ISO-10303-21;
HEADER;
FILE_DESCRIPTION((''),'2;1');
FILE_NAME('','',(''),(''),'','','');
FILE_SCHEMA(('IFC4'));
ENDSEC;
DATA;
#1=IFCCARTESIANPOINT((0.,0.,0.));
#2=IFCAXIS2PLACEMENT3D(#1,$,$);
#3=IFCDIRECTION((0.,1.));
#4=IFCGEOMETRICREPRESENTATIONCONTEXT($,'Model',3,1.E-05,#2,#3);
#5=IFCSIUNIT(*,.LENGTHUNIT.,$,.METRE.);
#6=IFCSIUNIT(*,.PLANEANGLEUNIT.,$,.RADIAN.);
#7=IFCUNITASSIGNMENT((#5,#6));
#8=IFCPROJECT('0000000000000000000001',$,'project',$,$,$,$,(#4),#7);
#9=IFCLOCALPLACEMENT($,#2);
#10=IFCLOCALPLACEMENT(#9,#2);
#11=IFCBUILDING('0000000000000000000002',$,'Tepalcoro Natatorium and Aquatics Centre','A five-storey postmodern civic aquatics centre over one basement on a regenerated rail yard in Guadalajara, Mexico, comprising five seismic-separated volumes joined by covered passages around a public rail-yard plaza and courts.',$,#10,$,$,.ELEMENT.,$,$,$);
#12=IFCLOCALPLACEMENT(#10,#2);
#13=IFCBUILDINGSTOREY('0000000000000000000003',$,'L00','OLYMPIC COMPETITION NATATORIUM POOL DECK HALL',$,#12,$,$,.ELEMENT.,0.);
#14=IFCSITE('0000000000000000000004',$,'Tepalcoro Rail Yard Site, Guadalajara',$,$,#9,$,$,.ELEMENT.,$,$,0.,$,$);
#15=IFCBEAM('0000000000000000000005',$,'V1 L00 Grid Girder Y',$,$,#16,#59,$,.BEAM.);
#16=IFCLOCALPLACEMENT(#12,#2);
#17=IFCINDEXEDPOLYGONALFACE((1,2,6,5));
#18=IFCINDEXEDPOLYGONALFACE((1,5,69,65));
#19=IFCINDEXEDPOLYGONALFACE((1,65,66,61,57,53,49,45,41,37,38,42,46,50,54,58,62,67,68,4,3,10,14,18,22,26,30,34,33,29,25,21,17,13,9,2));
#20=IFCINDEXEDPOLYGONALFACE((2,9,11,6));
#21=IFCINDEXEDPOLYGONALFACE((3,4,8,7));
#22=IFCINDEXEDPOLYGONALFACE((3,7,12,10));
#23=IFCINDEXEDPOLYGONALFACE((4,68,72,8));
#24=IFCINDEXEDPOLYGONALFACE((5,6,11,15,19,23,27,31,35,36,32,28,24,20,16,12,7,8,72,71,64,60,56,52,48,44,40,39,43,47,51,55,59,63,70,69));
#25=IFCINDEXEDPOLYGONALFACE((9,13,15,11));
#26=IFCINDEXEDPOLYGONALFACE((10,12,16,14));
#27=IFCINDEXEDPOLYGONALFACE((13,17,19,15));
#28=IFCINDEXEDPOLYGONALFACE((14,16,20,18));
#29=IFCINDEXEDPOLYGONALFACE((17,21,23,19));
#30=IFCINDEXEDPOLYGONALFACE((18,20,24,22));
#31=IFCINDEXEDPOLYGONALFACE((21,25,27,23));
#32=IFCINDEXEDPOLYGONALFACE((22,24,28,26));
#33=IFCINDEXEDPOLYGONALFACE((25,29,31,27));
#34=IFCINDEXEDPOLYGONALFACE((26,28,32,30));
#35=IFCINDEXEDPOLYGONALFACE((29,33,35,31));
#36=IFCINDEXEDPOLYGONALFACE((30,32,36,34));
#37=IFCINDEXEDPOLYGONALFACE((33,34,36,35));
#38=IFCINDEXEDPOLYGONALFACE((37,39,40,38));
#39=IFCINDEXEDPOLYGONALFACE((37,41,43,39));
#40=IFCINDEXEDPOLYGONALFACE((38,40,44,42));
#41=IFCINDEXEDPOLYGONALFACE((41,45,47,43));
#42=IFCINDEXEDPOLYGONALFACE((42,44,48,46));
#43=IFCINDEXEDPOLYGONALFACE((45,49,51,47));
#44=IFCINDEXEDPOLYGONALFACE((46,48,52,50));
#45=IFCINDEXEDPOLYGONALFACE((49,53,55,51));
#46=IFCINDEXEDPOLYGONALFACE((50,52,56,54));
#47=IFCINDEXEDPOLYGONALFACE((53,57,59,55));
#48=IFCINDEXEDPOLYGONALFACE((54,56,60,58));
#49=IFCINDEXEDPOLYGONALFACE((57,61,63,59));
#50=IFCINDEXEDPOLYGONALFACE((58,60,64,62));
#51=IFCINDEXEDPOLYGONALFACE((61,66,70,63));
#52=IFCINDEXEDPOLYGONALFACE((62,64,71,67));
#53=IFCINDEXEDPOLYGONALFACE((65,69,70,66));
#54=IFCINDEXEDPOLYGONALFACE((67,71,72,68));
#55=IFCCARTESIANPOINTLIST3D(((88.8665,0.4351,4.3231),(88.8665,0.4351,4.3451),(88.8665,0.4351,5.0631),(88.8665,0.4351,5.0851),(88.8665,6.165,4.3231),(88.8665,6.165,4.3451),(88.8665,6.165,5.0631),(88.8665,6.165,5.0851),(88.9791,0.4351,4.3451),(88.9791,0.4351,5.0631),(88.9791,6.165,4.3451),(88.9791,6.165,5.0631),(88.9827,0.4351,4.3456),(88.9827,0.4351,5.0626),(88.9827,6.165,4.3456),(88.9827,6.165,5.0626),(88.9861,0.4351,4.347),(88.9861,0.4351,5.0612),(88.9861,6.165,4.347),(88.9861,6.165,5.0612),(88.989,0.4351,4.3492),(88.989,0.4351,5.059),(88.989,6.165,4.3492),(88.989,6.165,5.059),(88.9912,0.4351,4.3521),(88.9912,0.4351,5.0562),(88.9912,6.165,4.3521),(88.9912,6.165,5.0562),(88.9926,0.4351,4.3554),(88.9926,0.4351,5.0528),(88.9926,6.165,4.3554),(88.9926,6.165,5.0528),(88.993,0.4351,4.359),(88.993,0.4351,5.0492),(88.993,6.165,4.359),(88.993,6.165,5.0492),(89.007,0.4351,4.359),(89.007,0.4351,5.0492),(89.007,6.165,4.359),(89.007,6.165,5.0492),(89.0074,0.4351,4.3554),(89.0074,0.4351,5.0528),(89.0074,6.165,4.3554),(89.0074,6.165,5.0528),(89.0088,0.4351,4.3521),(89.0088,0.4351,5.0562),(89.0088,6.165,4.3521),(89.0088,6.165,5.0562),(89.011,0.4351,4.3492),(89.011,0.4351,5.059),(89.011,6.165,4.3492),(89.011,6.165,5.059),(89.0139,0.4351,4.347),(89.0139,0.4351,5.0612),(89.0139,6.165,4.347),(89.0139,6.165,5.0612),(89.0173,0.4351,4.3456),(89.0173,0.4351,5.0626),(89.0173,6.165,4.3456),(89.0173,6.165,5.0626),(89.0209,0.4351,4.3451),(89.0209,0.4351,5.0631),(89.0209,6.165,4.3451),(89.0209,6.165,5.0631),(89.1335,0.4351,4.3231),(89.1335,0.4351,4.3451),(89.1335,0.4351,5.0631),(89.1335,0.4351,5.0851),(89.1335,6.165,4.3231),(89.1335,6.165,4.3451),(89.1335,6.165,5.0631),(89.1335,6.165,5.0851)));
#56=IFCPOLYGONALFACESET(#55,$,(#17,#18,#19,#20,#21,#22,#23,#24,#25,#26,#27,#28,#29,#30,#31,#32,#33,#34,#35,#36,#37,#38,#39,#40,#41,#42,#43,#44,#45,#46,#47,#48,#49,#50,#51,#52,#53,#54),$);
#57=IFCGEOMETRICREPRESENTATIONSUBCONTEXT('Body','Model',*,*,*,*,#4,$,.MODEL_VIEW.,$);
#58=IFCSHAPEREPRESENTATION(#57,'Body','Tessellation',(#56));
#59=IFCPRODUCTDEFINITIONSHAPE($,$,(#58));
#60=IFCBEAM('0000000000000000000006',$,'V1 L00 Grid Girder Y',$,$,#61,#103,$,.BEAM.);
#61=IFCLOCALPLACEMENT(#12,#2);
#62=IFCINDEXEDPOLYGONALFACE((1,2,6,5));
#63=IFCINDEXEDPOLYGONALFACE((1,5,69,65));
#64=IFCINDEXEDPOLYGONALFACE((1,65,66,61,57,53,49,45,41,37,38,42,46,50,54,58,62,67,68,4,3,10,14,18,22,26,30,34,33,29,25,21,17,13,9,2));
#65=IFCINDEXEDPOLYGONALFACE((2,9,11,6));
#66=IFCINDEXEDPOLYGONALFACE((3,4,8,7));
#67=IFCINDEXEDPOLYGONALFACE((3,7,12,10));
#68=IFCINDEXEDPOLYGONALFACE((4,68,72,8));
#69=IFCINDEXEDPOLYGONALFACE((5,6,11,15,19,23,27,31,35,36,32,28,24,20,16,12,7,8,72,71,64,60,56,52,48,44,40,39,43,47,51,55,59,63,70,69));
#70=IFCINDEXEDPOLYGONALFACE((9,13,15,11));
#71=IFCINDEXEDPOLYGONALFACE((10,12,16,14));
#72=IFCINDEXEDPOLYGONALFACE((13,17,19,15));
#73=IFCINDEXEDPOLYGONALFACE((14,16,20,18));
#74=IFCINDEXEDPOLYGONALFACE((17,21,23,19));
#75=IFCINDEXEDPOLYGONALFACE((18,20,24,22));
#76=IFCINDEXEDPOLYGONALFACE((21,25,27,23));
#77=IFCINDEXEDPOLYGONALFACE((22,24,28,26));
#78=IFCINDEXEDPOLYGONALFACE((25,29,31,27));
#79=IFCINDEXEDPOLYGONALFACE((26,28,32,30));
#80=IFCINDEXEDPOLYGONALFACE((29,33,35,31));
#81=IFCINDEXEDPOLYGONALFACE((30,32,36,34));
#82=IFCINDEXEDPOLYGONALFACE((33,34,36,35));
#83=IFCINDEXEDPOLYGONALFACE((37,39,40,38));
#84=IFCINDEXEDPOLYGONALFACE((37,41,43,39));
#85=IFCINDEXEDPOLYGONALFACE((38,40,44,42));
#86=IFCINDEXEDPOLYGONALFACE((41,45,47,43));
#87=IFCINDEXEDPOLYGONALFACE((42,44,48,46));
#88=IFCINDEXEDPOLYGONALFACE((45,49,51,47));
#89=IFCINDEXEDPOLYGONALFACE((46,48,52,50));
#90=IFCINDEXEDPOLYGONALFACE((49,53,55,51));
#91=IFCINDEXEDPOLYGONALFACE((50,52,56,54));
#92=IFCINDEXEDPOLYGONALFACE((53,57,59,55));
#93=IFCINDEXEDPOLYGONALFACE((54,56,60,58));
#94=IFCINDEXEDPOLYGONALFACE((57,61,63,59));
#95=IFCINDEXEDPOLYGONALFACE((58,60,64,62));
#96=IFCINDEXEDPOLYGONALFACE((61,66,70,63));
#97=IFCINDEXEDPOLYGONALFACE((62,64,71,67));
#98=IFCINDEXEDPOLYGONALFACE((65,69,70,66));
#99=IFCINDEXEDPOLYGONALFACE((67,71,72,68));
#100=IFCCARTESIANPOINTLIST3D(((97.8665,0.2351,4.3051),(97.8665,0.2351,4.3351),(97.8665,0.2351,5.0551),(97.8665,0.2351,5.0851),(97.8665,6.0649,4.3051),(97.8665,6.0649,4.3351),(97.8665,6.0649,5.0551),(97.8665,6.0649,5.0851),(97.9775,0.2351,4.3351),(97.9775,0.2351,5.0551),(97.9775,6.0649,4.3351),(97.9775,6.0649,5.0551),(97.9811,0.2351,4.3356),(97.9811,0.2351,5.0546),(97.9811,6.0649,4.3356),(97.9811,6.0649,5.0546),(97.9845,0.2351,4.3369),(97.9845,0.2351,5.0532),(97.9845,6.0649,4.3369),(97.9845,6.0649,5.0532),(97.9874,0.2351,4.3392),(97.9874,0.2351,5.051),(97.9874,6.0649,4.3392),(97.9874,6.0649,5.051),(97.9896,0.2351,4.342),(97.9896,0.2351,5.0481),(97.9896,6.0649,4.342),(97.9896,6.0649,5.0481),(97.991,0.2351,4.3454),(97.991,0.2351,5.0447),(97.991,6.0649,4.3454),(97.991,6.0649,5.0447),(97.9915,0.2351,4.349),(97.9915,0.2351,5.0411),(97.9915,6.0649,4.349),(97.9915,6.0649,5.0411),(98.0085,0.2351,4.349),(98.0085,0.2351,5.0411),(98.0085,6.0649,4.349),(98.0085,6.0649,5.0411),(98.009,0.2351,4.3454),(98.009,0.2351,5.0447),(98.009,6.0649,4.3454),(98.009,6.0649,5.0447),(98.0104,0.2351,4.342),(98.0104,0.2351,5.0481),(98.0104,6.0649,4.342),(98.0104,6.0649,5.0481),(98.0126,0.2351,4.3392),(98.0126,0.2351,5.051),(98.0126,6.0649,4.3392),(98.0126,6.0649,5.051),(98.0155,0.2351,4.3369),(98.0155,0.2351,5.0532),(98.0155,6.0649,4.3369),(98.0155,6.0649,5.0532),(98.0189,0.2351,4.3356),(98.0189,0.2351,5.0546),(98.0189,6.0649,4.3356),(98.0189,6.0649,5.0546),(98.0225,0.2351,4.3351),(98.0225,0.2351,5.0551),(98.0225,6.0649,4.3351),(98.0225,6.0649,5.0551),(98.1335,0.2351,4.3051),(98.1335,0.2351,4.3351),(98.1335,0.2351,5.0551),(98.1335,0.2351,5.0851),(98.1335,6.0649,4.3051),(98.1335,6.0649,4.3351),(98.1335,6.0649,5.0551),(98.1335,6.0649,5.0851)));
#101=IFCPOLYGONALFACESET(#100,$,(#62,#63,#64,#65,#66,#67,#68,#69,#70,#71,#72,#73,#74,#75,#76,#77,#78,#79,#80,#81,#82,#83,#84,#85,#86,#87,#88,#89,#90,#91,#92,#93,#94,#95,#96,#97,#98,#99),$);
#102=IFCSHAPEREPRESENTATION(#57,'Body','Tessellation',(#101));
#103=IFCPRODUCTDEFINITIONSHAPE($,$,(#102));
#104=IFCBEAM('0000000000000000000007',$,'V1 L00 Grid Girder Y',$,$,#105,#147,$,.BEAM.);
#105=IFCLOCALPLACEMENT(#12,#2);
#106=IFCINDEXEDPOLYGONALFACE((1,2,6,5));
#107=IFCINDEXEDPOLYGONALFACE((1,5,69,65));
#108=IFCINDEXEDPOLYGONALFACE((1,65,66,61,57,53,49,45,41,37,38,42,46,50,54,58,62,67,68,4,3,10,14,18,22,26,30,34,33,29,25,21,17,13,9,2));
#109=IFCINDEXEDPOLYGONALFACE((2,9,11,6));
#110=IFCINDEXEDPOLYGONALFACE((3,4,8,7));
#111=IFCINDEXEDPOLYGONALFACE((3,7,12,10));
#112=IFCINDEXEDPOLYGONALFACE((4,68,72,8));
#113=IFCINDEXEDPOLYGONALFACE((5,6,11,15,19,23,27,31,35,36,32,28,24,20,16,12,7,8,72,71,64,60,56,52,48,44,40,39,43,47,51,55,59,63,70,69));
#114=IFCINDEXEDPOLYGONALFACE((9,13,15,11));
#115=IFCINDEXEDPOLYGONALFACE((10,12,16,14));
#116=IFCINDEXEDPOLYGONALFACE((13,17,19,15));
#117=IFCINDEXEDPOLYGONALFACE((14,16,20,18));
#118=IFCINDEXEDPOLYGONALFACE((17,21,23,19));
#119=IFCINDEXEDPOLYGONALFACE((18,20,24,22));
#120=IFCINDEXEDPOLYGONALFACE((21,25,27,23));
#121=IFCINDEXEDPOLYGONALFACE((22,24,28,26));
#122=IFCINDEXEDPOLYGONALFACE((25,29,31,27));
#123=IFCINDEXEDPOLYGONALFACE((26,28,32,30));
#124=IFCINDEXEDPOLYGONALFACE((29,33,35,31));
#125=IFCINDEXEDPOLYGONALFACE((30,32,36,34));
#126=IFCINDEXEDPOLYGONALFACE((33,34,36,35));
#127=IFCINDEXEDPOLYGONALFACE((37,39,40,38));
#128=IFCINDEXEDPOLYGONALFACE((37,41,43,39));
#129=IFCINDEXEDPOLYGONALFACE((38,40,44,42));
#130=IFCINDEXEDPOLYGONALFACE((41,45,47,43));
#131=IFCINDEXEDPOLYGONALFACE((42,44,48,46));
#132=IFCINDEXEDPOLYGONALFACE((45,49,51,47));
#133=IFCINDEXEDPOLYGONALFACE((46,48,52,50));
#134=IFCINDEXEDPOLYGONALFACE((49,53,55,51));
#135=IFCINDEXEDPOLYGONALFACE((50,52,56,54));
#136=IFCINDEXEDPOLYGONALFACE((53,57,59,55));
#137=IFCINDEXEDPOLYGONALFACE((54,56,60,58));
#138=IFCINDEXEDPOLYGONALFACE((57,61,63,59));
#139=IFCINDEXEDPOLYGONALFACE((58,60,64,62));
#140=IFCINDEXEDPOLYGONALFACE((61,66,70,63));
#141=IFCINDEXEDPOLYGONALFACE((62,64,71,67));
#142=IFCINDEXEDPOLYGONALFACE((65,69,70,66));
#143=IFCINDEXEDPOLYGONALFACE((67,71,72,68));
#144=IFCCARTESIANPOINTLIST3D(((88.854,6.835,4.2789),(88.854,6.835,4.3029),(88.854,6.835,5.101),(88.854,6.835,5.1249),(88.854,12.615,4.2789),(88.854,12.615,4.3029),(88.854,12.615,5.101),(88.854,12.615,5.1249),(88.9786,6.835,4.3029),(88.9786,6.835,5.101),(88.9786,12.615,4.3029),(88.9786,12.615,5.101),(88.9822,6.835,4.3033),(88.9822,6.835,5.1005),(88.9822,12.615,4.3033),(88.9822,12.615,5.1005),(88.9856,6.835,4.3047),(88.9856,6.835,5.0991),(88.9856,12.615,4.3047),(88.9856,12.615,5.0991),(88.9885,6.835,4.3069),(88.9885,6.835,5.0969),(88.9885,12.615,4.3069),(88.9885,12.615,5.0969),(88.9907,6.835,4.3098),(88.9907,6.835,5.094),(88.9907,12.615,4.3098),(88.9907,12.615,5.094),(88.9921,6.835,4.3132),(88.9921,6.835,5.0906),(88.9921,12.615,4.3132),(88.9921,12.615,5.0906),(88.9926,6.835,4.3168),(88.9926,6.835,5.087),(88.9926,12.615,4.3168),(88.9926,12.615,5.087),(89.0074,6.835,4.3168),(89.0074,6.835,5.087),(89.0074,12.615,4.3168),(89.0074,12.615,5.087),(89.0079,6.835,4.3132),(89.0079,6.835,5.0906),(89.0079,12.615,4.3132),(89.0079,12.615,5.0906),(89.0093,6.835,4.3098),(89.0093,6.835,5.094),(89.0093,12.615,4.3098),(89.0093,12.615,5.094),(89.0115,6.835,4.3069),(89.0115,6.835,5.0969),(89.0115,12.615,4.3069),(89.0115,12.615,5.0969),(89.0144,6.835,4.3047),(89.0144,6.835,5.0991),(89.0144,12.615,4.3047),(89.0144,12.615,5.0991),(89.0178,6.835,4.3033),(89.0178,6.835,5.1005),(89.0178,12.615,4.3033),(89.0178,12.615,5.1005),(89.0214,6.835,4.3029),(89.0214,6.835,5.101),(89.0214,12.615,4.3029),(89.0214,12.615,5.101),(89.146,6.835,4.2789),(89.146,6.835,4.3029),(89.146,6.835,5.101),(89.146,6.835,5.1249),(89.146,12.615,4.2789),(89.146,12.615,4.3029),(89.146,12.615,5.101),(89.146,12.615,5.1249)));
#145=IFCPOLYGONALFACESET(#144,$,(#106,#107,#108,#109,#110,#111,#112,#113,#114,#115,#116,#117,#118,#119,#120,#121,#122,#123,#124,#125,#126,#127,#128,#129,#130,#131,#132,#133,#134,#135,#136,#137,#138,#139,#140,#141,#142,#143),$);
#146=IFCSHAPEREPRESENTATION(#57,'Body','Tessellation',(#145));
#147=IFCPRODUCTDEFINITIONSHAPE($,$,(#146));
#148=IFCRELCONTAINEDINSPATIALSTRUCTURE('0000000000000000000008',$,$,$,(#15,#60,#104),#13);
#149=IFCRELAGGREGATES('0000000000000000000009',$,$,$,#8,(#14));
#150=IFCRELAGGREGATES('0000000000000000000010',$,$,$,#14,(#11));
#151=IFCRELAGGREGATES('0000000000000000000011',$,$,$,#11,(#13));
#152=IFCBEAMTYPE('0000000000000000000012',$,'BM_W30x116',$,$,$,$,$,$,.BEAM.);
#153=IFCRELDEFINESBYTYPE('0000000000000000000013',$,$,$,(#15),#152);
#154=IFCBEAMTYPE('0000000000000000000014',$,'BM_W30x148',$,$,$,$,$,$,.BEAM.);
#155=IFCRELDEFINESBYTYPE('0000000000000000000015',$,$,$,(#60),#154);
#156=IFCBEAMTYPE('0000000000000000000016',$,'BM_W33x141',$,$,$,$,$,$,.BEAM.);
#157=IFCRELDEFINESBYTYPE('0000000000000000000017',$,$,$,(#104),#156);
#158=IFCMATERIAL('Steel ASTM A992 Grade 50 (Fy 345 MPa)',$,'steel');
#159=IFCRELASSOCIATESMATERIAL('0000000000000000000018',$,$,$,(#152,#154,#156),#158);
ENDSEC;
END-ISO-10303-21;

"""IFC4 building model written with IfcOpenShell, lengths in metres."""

from ifc_helpers import new_model, si_unit, direction, frame, origin, origin_2d, place, context, subcontext, project, spatial, i_section, extrude, material, material_profile, profile_set, type_object, element, save


model = new_model("IFC4")

# Units and contexts
model_context = context("Model", 3, precision=1e-05, world=origin(), true_north=direction((0.0, 1.0)))
body_context = subcontext(model_context, "Body", "Model", "MODEL_VIEW")
ifc_project = project(units=[si_unit("LENGTHUNIT", "METRE"), si_unit("PLANEANGLEUNIT", "RADIAN")], contexts=[model_context])

# Site, building, storey
site_placement = place(None, origin())
site = spatial("IfcSite", under=ifc_project, at=site_placement, Name="Tepalcoro Rail Yard Site, Guadalajara", CompositionType="ELEMENT", RefElevation=0.0)
building_placement = place(site_placement, origin())
building = spatial("IfcBuilding", under=site, at=building_placement, Name="Tepalcoro Natatorium and Aquatics Centre", Description="A five-storey postmodern civic aquatics centre over one basement on a regenerated rail yard in Guadalajara, Mexico, comprising five seismic-separated volumes joined by covered passages around a public rail-yard plaza and courts.", CompositionType="ELEMENT")
storey_placement = place(building_placement, origin())
storey = spatial("IfcBuildingStorey", under=building, at=storey_placement, Name="L00", Description="OLYMPIC COMPETITION NATATORIUM POOL DECK HALL", CompositionType="ELEMENT", Elevation=0.0)

# Beams
ifc_material_1 = material(Name="Steel ASTM A992 Grade 50 (Fy 345 MPa)", Category="steel")
ifc_material_profile_1 = material_profile(ifc_material_1, i_section(OverallWidth=0.2671, OverallDepth=0.762, WebThickness=0.0139, FlangeThickness=0.022, FilletRadius=0.0139, at=origin_2d()), Name="W30X116")
ifc_profile_set_1 = profile_set([ifc_material_profile_1], Name="Steel ASTM A992 Grade 50 (Fy 345 MPa)")
beam_type_1 = type_object("IfcBeamType", Name="BM_W30x116", PredefinedType="BEAM", material=ifc_profile_set_1)
beam_1_placement = place(storey_placement, frame((89.0, 0.4351, 4.7041), z_axis=(0.0, 1.0, 0.0), x_axis=(-1.0, 0.0, 0.0)))
element("IfcBeam", 1, at=beam_1_placement, inside=storey, type_object=beam_type_1, Name="V1 L00 Grid Girder Y", PredefinedType="BEAM", context=body_context, shape_type="SweptSolid", body=[
    extrude(i_section(OverallWidth=0.2671, OverallDepth=0.762, WebThickness=0.0139, FlangeThickness=0.022, FilletRadius=0.0139, at=origin_2d()), origin(), (0.0, 0.0, 1.0), 5.73),
])
ifc_material_profile_2 = material_profile(ifc_material_1, i_section(OverallWidth=0.2671, OverallDepth=0.78, WebThickness=0.0171, FlangeThickness=0.03, FilletRadius=0.0139, at=origin_2d()), Name="W30X148")
ifc_profile_set_2 = profile_set([ifc_material_profile_2], Name="Steel ASTM A992 Grade 50 (Fy 345 MPa)")
beam_type_2 = type_object("IfcBeamType", Name="BM_W30x148", PredefinedType="BEAM", material=ifc_profile_set_2)
beam_2_placement = place(storey_placement, frame((98.0, 0.2351, 4.6951), z_axis=(0.0, 1.0, 0.0), x_axis=(-1.0, 0.0, 0.0)))
element("IfcBeam", 2, at=beam_2_placement, inside=storey, type_object=beam_type_2, Name="V1 L00 Grid Girder Y", PredefinedType="BEAM", context=body_context, shape_type="SweptSolid", body=[
    extrude(i_section(OverallWidth=0.2671, OverallDepth=0.78, WebThickness=0.0171, FlangeThickness=0.03, FilletRadius=0.0139, at=origin_2d()), origin(), (0.0, 0.0, 1.0), 5.8298),
])
ifc_material_profile_3 = material_profile(ifc_material_1, i_section(OverallWidth=0.292, OverallDepth=0.8459, WebThickness=0.0149, FlangeThickness=0.0239, FilletRadius=0.0139, at=origin_2d()), Name="W33X141")
ifc_profile_set_3 = profile_set([ifc_material_profile_3], Name="Steel ASTM A992 Grade 50 (Fy 345 MPa)")
beam_type_3 = type_object("IfcBeamType", Name="BM_W33x141", PredefinedType="BEAM", material=ifc_profile_set_3)
beam_3_placement = place(storey_placement, frame((89.0, 6.835, 4.7019), z_axis=(0.0, 1.0, 0.0), x_axis=(-1.0, 0.0, 0.0)))
element("IfcBeam", 3, at=beam_3_placement, inside=storey, type_object=beam_type_3, Name="V1 L00 Grid Girder Y", PredefinedType="BEAM", context=body_context, shape_type="SweptSolid", body=[
    extrude(i_section(OverallWidth=0.292, OverallDepth=0.8459, WebThickness=0.0149, FlangeThickness=0.0239, FilletRadius=0.0139, at=origin_2d()), origin(), (0.0, 0.0, 1.0), 5.78),
])

save(model, "model.ifc")
